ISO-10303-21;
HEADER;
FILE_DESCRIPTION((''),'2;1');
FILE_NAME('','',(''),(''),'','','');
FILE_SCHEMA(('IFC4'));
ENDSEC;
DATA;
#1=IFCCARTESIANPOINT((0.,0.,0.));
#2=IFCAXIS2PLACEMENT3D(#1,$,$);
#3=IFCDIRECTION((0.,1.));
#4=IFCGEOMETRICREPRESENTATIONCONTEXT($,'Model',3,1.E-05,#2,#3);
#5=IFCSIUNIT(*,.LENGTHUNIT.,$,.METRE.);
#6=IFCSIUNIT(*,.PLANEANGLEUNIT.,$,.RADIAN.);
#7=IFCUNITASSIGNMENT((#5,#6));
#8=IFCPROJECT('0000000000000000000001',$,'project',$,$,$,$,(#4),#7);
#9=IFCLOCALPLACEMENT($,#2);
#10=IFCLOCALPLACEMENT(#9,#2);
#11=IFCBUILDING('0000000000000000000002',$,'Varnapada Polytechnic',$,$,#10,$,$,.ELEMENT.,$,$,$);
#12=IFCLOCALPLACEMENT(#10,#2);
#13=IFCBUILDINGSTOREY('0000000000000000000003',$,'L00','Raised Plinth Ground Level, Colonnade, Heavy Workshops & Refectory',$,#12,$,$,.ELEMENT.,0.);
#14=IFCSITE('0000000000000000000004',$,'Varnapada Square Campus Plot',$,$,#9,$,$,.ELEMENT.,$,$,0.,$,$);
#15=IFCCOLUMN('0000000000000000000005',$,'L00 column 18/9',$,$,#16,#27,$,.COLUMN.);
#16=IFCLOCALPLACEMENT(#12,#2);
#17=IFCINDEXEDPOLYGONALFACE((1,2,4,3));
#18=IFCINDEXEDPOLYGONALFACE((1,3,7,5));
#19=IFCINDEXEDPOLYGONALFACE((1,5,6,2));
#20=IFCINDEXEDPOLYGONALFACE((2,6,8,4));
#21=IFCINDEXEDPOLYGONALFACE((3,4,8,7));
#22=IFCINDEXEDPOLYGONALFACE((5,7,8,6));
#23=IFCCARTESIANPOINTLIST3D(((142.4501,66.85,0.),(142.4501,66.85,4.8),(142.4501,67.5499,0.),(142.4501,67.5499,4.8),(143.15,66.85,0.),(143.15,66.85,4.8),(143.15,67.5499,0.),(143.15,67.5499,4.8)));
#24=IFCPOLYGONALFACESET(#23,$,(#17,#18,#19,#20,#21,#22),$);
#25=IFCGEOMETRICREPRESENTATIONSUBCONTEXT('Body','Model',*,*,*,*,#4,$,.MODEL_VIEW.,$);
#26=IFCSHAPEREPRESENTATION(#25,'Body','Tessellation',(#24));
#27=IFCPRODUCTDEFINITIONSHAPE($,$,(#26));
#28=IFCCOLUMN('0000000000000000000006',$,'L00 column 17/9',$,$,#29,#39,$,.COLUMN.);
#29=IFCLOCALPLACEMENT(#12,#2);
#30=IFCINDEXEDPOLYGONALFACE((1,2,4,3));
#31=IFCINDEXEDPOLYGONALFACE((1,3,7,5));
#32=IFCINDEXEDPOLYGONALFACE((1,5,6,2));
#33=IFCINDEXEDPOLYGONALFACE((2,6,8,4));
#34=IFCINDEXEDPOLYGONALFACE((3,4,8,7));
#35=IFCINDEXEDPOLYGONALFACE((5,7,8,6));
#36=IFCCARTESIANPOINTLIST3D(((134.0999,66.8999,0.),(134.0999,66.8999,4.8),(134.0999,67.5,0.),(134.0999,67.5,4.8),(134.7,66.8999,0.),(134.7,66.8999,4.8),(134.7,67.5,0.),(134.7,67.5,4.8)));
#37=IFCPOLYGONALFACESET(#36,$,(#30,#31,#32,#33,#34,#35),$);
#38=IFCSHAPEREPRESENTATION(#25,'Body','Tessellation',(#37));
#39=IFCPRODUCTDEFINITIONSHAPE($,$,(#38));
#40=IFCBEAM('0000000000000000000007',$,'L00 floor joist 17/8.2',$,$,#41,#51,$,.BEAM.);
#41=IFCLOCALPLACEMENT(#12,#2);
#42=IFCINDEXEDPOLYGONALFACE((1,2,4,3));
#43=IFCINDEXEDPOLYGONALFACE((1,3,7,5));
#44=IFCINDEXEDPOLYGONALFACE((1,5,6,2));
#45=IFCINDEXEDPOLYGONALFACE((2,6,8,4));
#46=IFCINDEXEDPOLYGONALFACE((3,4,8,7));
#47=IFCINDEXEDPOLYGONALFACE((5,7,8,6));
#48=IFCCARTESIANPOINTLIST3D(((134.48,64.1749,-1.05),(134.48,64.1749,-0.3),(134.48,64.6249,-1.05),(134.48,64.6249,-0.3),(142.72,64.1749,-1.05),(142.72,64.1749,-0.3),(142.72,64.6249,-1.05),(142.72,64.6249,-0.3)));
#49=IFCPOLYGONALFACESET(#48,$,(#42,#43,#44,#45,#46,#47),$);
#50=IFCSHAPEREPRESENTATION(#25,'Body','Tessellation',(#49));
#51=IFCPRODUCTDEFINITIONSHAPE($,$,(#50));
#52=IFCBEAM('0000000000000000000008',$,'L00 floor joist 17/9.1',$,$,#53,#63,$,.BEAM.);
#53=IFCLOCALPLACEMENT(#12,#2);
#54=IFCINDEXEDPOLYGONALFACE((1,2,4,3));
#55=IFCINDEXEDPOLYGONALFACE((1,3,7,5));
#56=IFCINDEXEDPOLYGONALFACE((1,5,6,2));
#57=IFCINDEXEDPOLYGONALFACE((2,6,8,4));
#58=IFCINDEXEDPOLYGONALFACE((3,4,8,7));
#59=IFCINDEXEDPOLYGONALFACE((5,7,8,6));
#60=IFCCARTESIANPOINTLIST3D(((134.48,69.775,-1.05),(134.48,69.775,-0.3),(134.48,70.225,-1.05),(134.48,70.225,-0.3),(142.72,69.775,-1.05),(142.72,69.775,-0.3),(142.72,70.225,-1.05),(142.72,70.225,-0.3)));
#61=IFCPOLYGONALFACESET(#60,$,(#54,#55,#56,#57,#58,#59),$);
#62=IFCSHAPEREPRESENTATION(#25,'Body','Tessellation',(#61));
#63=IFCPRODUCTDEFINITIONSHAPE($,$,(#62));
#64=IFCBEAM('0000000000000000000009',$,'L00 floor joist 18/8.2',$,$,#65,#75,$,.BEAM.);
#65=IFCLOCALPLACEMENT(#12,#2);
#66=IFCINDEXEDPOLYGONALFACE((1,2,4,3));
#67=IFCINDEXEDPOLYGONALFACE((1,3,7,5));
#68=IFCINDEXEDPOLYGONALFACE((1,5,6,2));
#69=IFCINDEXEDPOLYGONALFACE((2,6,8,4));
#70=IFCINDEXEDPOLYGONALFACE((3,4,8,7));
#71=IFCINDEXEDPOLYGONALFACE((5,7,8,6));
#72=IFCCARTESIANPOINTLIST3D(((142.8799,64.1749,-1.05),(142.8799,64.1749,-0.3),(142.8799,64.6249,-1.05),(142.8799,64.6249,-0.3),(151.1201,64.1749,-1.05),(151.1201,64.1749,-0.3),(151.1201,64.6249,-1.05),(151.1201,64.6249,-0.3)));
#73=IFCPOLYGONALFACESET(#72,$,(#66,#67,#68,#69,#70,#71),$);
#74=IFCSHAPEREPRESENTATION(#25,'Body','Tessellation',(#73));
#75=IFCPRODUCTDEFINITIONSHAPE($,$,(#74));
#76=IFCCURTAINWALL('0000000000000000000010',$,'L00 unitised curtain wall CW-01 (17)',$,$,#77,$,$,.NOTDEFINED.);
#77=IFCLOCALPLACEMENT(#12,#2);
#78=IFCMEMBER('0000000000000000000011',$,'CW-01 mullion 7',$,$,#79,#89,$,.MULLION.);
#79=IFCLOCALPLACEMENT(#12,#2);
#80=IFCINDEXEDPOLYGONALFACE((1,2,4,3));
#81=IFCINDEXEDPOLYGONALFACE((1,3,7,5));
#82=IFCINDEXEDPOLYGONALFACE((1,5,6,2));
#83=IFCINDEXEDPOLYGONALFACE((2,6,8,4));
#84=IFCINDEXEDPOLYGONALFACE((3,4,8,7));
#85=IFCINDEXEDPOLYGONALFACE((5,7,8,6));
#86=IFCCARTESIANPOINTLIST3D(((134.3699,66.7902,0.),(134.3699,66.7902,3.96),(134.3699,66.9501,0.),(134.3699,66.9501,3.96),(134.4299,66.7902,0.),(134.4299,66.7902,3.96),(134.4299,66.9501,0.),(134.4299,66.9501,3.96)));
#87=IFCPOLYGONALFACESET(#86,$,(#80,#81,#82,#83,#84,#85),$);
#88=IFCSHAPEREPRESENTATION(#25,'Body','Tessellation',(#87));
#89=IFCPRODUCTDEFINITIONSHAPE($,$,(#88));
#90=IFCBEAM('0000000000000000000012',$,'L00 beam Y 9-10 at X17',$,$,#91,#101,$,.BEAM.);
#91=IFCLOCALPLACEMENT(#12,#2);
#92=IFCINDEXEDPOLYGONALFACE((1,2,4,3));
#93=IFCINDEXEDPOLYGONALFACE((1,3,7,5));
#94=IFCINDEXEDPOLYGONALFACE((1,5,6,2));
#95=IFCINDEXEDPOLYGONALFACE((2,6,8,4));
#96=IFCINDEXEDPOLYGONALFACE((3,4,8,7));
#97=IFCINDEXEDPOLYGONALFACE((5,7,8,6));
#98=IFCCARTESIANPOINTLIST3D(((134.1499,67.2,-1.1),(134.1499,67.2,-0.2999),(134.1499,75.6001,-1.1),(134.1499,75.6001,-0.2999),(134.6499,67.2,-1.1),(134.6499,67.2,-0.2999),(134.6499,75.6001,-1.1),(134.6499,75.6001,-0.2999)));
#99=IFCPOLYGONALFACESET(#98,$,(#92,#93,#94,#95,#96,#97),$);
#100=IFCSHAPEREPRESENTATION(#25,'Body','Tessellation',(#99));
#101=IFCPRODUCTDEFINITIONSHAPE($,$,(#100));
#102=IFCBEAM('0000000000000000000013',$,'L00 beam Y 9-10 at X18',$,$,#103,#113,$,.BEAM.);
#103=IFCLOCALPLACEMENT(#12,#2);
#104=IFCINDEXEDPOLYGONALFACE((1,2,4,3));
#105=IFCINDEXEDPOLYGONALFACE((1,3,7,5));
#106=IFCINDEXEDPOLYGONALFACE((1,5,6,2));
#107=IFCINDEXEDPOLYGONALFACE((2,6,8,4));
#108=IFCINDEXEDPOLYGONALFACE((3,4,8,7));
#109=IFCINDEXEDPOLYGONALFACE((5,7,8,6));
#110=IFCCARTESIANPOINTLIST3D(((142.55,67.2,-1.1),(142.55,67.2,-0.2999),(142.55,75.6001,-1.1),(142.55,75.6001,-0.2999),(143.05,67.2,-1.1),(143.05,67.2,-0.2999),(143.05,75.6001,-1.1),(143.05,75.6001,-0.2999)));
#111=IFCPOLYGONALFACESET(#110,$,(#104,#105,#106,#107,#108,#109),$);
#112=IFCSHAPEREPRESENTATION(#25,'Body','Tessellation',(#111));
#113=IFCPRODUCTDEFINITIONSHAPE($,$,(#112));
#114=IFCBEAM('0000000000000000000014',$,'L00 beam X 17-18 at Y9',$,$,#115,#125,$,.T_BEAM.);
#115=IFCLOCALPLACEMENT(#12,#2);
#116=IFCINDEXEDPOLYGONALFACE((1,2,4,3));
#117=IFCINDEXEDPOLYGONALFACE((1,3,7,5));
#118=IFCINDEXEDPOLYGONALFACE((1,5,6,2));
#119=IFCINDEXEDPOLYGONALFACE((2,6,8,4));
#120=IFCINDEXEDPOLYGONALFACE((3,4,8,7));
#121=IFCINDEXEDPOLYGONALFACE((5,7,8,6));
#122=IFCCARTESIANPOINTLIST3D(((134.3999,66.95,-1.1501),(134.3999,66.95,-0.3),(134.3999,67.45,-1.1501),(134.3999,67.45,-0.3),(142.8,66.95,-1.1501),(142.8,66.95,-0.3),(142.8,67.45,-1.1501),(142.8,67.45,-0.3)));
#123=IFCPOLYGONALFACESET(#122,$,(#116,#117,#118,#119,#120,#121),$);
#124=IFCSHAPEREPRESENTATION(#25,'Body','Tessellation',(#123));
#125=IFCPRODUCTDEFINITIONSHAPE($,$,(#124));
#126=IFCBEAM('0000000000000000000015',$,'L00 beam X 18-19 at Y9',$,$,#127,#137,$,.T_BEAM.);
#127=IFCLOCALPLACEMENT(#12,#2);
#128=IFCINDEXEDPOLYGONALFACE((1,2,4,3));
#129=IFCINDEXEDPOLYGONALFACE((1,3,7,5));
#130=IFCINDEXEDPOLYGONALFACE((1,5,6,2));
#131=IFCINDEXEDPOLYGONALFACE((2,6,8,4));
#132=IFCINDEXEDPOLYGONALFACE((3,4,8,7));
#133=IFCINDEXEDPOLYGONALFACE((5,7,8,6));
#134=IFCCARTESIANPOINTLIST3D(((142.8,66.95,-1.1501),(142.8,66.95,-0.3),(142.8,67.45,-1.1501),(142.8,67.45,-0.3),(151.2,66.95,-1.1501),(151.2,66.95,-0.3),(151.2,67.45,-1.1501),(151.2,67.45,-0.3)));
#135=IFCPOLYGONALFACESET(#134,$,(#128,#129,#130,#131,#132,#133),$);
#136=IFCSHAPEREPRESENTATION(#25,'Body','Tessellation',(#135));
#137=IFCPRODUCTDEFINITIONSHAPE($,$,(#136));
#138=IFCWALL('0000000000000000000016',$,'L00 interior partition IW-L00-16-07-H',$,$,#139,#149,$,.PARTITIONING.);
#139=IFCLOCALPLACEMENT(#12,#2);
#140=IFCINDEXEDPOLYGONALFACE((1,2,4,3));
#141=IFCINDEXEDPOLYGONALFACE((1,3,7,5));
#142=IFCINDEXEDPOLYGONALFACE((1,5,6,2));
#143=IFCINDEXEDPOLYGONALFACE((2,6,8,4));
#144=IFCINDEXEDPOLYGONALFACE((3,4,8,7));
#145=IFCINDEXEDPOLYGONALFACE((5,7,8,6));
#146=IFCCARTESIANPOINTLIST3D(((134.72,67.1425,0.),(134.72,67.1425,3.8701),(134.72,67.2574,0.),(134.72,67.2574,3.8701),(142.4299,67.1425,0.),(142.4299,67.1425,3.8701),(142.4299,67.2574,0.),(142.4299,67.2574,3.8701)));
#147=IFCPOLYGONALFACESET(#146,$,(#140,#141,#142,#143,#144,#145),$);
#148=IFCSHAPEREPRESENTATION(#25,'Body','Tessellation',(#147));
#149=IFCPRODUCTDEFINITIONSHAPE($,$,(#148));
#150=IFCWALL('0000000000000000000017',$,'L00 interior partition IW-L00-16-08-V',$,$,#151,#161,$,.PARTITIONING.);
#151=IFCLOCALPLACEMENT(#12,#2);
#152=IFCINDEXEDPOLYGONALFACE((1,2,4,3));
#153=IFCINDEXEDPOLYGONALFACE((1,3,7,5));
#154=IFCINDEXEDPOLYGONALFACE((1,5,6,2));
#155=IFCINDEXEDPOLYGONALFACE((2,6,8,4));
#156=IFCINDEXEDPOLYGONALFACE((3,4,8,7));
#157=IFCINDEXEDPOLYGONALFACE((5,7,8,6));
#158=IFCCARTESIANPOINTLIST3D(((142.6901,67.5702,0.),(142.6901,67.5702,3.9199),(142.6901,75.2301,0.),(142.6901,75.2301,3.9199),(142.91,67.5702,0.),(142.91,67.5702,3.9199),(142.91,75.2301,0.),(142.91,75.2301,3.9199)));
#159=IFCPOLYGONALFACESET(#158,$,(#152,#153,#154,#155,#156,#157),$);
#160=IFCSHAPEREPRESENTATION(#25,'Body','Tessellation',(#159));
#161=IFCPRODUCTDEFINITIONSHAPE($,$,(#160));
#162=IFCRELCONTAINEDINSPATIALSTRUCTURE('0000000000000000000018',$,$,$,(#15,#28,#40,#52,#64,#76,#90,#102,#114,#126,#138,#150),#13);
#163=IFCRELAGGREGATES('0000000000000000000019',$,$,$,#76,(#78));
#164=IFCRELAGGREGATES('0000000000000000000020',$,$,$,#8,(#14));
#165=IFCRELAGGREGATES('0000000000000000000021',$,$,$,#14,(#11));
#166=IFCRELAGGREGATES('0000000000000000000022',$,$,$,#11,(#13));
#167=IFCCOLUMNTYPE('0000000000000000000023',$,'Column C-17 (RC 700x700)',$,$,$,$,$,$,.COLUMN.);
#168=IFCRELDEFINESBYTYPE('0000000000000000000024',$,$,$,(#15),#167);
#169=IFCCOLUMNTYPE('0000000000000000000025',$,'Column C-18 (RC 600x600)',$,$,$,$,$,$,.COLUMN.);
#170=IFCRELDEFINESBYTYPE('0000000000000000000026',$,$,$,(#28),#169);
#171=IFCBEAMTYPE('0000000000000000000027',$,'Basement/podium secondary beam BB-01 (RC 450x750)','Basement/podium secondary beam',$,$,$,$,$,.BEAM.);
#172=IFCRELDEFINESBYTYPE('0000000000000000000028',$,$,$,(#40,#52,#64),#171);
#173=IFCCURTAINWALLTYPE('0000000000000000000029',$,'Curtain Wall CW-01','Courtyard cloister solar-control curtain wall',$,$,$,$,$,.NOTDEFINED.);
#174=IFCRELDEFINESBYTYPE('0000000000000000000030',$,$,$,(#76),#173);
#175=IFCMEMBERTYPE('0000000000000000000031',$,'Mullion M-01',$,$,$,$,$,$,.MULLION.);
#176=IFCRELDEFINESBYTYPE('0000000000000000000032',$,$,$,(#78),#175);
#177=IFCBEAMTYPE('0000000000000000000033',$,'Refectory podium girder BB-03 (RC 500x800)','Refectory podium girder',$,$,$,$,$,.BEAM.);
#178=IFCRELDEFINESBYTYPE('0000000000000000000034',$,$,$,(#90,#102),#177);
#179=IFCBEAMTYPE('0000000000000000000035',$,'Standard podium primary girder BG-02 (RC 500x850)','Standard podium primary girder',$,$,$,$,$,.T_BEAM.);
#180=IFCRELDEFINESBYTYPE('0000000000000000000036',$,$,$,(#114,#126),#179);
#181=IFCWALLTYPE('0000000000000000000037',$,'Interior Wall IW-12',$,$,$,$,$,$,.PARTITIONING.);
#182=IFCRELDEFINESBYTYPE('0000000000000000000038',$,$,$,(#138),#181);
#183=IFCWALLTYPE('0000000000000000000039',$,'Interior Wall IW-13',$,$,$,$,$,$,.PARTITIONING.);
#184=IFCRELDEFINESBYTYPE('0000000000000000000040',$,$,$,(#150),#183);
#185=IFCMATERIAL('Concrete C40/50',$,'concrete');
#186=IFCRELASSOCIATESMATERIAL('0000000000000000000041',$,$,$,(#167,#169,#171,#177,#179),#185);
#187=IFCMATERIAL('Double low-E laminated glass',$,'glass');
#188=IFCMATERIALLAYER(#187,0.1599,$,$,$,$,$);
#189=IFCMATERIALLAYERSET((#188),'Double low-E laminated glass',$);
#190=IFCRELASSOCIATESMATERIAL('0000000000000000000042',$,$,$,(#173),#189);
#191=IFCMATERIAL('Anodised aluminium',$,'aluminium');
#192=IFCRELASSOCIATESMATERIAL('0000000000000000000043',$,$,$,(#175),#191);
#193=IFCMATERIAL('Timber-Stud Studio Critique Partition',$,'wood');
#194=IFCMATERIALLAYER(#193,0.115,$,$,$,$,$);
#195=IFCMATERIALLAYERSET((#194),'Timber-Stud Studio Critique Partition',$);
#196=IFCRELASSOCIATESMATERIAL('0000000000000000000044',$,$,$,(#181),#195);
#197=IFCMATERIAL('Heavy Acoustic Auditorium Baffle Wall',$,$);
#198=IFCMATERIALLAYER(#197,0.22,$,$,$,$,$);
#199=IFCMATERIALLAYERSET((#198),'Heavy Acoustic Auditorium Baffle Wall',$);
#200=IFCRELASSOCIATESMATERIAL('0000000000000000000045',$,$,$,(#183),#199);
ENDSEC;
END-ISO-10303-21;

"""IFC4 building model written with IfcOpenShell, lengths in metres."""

from ifc_helpers import new_model, si_unit, direction, frame, frame_2d, origin, origin_2d, place, context, subcontext, project, spatial, rectangle, extrude, material, layer, layer_set, material_profile, profile_set, type_object, element, aggregate, save


model = new_model("IFC4")

# Units and contexts
model_context = context("Model", 3, precision=1e-05, world=origin(), true_north=direction((0.0, 1.0)))
body_context = subcontext(model_context, "Body", "Model", "MODEL_VIEW")
ifc_project = project(units=[si_unit("LENGTHUNIT", "METRE"), si_unit("PLANEANGLEUNIT", "RADIAN")], contexts=[model_context])

# Site, building, storey
site_placement = place(None, origin())
site = spatial("IfcSite", under=ifc_project, at=site_placement, Name="Varnapada Square Campus Plot", CompositionType="ELEMENT", RefElevation=0.0)
building_placement = place(site_placement, origin())
building = spatial("IfcBuilding", under=site, at=building_placement, Name="Varnapada Polytechnic", CompositionType="ELEMENT")
storey_placement = place(building_placement, origin())
storey = spatial("IfcBuildingStorey", under=building, at=storey_placement, Name="L00", Description="Raised Plinth Ground Level, Colonnade, Heavy Workshops & Refectory", CompositionType="ELEMENT", Elevation=0.0)

# Columns
ifc_material_1 = material(Name="Concrete C40/50", Category="concrete")
ifc_material_profile_1 = material_profile(ifc_material_1, rectangle(XDim=0.7, YDim=0.7, at=origin_2d()), Name="RC 700x700")
ifc_profile_set_1 = profile_set([ifc_material_profile_1], Name="Concrete C40/50")
column_type_1 = type_object("IfcColumnType", Name="Column C-17 (RC 700x700)", PredefinedType="COLUMN", material=ifc_profile_set_1)
column_1_placement = place(storey_placement, frame((142.8, 67.2, 0.0), z_axis=(0.0, 0.0, 1.0), x_axis=(1.0, 0.0, 0.0)))
element("IfcColumn", 1, at=column_1_placement, inside=storey, type_object=column_type_1, Name="L00 column 18/9", PredefinedType="COLUMN", context=body_context, shape_type="SweptSolid", body=[
    extrude(rectangle(XDim=0.7, YDim=0.7, at=origin_2d()), origin(), (0.0, 0.0, 1.0), 4.8),
])
ifc_material_profile_2 = material_profile(ifc_material_1, rectangle(XDim=0.6001, YDim=0.6001, at=origin_2d()), Name="RC 600x600")
ifc_profile_set_2 = profile_set([ifc_material_profile_2], Name="Concrete C40/50")
column_type_2 = type_object("IfcColumnType", Name="Column C-18 (RC 600x600)", PredefinedType="COLUMN", material=ifc_profile_set_2)
column_2_placement = place(storey_placement, frame((134.3999, 67.2, 0.0), z_axis=(0.0, 0.0, 1.0), x_axis=(1.0, 0.0, 0.0)))
element("IfcColumn", 2, at=column_2_placement, inside=storey, type_object=column_type_2, Name="L00 column 17/9", PredefinedType="COLUMN", context=body_context, shape_type="SweptSolid", body=[
    extrude(rectangle(XDim=0.6001, YDim=0.6001, at=origin_2d()), origin(), (0.0, 0.0, 1.0), 4.8),
])

# Beams
ifc_material_profile_3 = material_profile(ifc_material_1, rectangle(XDim=0.45, YDim=0.75, at=origin_2d()), Name="RC 450x750")
ifc_profile_set_3 = profile_set([ifc_material_profile_3], Name="Concrete C40/50")
beam_type_1 = type_object("IfcBeamType", Name="Basement/podium secondary beam BB-01 (RC 450x750)", Description="Basement/podium secondary beam", PredefinedType="BEAM", material=ifc_profile_set_3)
for number, where, z_axis, x_axis, name in (
    (3, (134.48, 64.3999, -0.675), (1.0, 0.0, 0.0), (0.0, 1.0, 0.0), "L00 floor joist 17/8.2"),
    (4, (134.48, 70.0, -0.675), (1.0, 0.0, 0.0), (0.0, 1.0, 0.0), "L00 floor joist 17/9.1"),
):
    element("IfcBeam", number, at=place(storey_placement, frame(where, z_axis=z_axis, x_axis=x_axis)), inside=storey, type_object=beam_type_1, Name=name, PredefinedType="BEAM", context=body_context, shape_type="SweptSolid", body=[
        extrude(rectangle(XDim=0.45, YDim=0.75, at=origin_2d()), origin(), (0.0, 0.0, 1.0), 8.24),
    ])
beam_1_placement = place(storey_placement, frame((142.8799, 64.3999, -0.675), z_axis=(1.0, 0.0, 0.0), x_axis=(0.0, 1.0, 0.0)))
element("IfcBeam", 5, at=beam_1_placement, inside=storey, type_object=beam_type_1, Name="L00 floor joist 18/8.2", PredefinedType="BEAM", context=body_context, shape_type="SweptSolid", body=[
    extrude(rectangle(XDim=0.45, YDim=0.75, at=origin_2d()), origin(), (0.0, 0.0, 1.0), 8.2402),
])

# Curtain wall, member
ifc_material_2 = material(Name="Double low-E laminated glass", Category="glass")
ifc_layer_1 = layer(ifc_material_2, 0.1599)
ifc_layer_set_1 = layer_set([ifc_layer_1], Name="Double low-E laminated glass")
curtain_wall_type = type_object("IfcCurtainWallType", Name="Curtain Wall CW-01", Description="Courtyard cloister solar-control curtain wall", PredefinedType="NOTDEFINED", material=ifc_layer_set_1)
curtain_wall_placement = place(storey_placement, origin())
curtain_wall = element("IfcCurtainWall", 6, at=curtain_wall_placement, inside=storey, type_object=curtain_wall_type, Name="L00 unitised curtain wall CW-01 (17)", PredefinedType="NOTDEFINED")
ifc_material_3 = material(Name="Anodised aluminium", Category="aluminium")
ifc_material_profile_4 = material_profile(ifc_material_3, rectangle(XDim=0.0601, YDim=0.1599, at=origin_2d()), Name="ALU M60x160")
ifc_profile_set_4 = profile_set([ifc_material_profile_4], Name="Anodised aluminium")
member_type = type_object("IfcMemberType", Name="Mullion M-01", PredefinedType="MULLION", material=ifc_profile_set_4)
member_placement = place(storey_placement, frame((134.3999, 66.8701, 0.0), z_axis=(0.0, 0.0, 1.0), x_axis=(-1.0, 0.0, 0.0)))
member = element("IfcMember", 7, at=member_placement, type_object=member_type, Name="CW-01 mullion 7", PredefinedType="MULLION", context=body_context, shape_type="SweptSolid", body=[
    extrude(rectangle(XDim=0.0601, YDim=0.1599, at=origin_2d()), origin(), (0.0, 0.0, 1.0), 3.96),
])
aggregate(curtain_wall, [member])

# Beams
ifc_material_profile_5 = material_profile(ifc_material_1, rectangle(XDim=0.5, YDim=0.8, at=origin_2d()), Name="RC 500x800")
ifc_profile_set_5 = profile_set([ifc_material_profile_5], Name="Concrete C40/50")
beam_type_2 = type_object("IfcBeamType", Name="Refectory podium girder BB-03 (RC 500x800)", Description="Refectory podium girder", PredefinedType="BEAM", material=ifc_profile_set_5)
for number, where, z_axis, x_axis, name in (
    (8, (134.3999, 67.2, -0.7), (0.0, 1.0, 0.0), (-1.0, 0.0, 0.0), "L00 beam Y 9-10 at X17"),
    (9, (142.8, 67.2, -0.7), (0.0, 1.0, 0.0), (-1.0, 0.0, 0.0), "L00 beam Y 9-10 at X18"),
):
    element("IfcBeam", number, at=place(storey_placement, frame(where, z_axis=z_axis, x_axis=x_axis)), inside=storey, type_object=beam_type_2, Name=name, PredefinedType="BEAM", context=body_context, shape_type="SweptSolid", body=[
        extrude(rectangle(XDim=0.5, YDim=0.8, at=origin_2d()), origin(), (0.0, 0.0, 1.0), 8.4001),
    ])
ifc_material_profile_6 = material_profile(ifc_material_1, rectangle(XDim=0.5, YDim=0.8501, at=origin_2d()), Name="RC 500x850")
ifc_profile_set_6 = profile_set([ifc_material_profile_6], Name="Concrete C40/50")
beam_type_3 = type_object("IfcBeamType", Name="Standard podium primary girder BG-02 (RC 500x850)", Description="Standard podium primary girder", PredefinedType="T_BEAM", material=ifc_profile_set_6)
beam_2_placement = place(storey_placement, frame((134.3999, 67.2, -0.7251), z_axis=(1.0, 0.0, 0.0), x_axis=(0.0, 1.0, 0.0)))
element("IfcBeam", 10, at=beam_2_placement, inside=storey, type_object=beam_type_3, Name="L00 beam X 17-18 at Y9", PredefinedType="T_BEAM", context=body_context, shape_type="SweptSolid", body=[
    extrude(rectangle(XDim=0.5, YDim=0.8501, at=origin_2d()), origin(), (0.0, 0.0, 1.0), 8.4001),
])
beam_3_placement = place(storey_placement, frame((142.8, 67.2, -0.7251), z_axis=(1.0, 0.0, 0.0), x_axis=(0.0, 1.0, 0.0)))
element("IfcBeam", 11, at=beam_3_placement, inside=storey, type_object=beam_type_3, Name="L00 beam X 18-19 at Y9", PredefinedType="T_BEAM", context=body_context, shape_type="SweptSolid", body=[
    extrude(rectangle(XDim=0.5, YDim=0.8501, at=origin_2d()), origin(), (0.0, 0.0, 1.0), 8.3999),
])

# Walls
ifc_material_4 = material(Name="Timber-Stud Studio Critique Partition", Category="wood")
ifc_layer_2 = layer(ifc_material_4, 0.115)
ifc_layer_set_2 = layer_set([ifc_layer_2], Name="Timber-Stud Studio Critique Partition")
wall_type_1 = type_object("IfcWallType", Name="Interior Wall IW-12", PredefinedType="PARTITIONING", material=ifc_layer_set_2)
wall_1_placement = place(storey_placement, frame((134.72, 67.2, 0.0), z_axis=(0.0, 0.0, 1.0), x_axis=(1.0, 0.0, 0.0)))
element("IfcWall", 12, at=wall_1_placement, inside=storey, type_object=wall_type_1, Name="L00 interior partition IW-L00-16-07-H", PredefinedType="PARTITIONING", context=body_context, shape_type="SweptSolid", body=[
    extrude(rectangle(XDim=7.71, YDim=0.115, at=frame_2d((3.855, 0.0))), origin(), (0.0, 0.0, 1.0), 3.8701),
])
ifc_material_5 = material(Name="Heavy Acoustic Auditorium Baffle Wall")
ifc_layer_3 = layer(ifc_material_5, 0.22)
ifc_layer_set_3 = layer_set([ifc_layer_3], Name="Heavy Acoustic Auditorium Baffle Wall")
wall_type_2 = type_object("IfcWallType", Name="Interior Wall IW-13", PredefinedType="PARTITIONING", material=ifc_layer_set_3)
wall_2_placement = place(storey_placement, frame((142.8, 67.5701, 0.0), z_axis=(0.0, 0.0, 1.0), x_axis=(0.0, 1.0, 0.0)))
element("IfcWall", 13, at=wall_2_placement, inside=storey, type_object=wall_type_2, Name="L00 interior partition IW-L00-16-08-V", PredefinedType="PARTITIONING", context=body_context, shape_type="SweptSolid", body=[
    extrude(rectangle(XDim=7.6599, YDim=0.22, at=frame_2d((3.8301, 0.0))), origin(), (0.0, 0.0, 1.0), 3.9199),
])

save(model, "model.ifc")
